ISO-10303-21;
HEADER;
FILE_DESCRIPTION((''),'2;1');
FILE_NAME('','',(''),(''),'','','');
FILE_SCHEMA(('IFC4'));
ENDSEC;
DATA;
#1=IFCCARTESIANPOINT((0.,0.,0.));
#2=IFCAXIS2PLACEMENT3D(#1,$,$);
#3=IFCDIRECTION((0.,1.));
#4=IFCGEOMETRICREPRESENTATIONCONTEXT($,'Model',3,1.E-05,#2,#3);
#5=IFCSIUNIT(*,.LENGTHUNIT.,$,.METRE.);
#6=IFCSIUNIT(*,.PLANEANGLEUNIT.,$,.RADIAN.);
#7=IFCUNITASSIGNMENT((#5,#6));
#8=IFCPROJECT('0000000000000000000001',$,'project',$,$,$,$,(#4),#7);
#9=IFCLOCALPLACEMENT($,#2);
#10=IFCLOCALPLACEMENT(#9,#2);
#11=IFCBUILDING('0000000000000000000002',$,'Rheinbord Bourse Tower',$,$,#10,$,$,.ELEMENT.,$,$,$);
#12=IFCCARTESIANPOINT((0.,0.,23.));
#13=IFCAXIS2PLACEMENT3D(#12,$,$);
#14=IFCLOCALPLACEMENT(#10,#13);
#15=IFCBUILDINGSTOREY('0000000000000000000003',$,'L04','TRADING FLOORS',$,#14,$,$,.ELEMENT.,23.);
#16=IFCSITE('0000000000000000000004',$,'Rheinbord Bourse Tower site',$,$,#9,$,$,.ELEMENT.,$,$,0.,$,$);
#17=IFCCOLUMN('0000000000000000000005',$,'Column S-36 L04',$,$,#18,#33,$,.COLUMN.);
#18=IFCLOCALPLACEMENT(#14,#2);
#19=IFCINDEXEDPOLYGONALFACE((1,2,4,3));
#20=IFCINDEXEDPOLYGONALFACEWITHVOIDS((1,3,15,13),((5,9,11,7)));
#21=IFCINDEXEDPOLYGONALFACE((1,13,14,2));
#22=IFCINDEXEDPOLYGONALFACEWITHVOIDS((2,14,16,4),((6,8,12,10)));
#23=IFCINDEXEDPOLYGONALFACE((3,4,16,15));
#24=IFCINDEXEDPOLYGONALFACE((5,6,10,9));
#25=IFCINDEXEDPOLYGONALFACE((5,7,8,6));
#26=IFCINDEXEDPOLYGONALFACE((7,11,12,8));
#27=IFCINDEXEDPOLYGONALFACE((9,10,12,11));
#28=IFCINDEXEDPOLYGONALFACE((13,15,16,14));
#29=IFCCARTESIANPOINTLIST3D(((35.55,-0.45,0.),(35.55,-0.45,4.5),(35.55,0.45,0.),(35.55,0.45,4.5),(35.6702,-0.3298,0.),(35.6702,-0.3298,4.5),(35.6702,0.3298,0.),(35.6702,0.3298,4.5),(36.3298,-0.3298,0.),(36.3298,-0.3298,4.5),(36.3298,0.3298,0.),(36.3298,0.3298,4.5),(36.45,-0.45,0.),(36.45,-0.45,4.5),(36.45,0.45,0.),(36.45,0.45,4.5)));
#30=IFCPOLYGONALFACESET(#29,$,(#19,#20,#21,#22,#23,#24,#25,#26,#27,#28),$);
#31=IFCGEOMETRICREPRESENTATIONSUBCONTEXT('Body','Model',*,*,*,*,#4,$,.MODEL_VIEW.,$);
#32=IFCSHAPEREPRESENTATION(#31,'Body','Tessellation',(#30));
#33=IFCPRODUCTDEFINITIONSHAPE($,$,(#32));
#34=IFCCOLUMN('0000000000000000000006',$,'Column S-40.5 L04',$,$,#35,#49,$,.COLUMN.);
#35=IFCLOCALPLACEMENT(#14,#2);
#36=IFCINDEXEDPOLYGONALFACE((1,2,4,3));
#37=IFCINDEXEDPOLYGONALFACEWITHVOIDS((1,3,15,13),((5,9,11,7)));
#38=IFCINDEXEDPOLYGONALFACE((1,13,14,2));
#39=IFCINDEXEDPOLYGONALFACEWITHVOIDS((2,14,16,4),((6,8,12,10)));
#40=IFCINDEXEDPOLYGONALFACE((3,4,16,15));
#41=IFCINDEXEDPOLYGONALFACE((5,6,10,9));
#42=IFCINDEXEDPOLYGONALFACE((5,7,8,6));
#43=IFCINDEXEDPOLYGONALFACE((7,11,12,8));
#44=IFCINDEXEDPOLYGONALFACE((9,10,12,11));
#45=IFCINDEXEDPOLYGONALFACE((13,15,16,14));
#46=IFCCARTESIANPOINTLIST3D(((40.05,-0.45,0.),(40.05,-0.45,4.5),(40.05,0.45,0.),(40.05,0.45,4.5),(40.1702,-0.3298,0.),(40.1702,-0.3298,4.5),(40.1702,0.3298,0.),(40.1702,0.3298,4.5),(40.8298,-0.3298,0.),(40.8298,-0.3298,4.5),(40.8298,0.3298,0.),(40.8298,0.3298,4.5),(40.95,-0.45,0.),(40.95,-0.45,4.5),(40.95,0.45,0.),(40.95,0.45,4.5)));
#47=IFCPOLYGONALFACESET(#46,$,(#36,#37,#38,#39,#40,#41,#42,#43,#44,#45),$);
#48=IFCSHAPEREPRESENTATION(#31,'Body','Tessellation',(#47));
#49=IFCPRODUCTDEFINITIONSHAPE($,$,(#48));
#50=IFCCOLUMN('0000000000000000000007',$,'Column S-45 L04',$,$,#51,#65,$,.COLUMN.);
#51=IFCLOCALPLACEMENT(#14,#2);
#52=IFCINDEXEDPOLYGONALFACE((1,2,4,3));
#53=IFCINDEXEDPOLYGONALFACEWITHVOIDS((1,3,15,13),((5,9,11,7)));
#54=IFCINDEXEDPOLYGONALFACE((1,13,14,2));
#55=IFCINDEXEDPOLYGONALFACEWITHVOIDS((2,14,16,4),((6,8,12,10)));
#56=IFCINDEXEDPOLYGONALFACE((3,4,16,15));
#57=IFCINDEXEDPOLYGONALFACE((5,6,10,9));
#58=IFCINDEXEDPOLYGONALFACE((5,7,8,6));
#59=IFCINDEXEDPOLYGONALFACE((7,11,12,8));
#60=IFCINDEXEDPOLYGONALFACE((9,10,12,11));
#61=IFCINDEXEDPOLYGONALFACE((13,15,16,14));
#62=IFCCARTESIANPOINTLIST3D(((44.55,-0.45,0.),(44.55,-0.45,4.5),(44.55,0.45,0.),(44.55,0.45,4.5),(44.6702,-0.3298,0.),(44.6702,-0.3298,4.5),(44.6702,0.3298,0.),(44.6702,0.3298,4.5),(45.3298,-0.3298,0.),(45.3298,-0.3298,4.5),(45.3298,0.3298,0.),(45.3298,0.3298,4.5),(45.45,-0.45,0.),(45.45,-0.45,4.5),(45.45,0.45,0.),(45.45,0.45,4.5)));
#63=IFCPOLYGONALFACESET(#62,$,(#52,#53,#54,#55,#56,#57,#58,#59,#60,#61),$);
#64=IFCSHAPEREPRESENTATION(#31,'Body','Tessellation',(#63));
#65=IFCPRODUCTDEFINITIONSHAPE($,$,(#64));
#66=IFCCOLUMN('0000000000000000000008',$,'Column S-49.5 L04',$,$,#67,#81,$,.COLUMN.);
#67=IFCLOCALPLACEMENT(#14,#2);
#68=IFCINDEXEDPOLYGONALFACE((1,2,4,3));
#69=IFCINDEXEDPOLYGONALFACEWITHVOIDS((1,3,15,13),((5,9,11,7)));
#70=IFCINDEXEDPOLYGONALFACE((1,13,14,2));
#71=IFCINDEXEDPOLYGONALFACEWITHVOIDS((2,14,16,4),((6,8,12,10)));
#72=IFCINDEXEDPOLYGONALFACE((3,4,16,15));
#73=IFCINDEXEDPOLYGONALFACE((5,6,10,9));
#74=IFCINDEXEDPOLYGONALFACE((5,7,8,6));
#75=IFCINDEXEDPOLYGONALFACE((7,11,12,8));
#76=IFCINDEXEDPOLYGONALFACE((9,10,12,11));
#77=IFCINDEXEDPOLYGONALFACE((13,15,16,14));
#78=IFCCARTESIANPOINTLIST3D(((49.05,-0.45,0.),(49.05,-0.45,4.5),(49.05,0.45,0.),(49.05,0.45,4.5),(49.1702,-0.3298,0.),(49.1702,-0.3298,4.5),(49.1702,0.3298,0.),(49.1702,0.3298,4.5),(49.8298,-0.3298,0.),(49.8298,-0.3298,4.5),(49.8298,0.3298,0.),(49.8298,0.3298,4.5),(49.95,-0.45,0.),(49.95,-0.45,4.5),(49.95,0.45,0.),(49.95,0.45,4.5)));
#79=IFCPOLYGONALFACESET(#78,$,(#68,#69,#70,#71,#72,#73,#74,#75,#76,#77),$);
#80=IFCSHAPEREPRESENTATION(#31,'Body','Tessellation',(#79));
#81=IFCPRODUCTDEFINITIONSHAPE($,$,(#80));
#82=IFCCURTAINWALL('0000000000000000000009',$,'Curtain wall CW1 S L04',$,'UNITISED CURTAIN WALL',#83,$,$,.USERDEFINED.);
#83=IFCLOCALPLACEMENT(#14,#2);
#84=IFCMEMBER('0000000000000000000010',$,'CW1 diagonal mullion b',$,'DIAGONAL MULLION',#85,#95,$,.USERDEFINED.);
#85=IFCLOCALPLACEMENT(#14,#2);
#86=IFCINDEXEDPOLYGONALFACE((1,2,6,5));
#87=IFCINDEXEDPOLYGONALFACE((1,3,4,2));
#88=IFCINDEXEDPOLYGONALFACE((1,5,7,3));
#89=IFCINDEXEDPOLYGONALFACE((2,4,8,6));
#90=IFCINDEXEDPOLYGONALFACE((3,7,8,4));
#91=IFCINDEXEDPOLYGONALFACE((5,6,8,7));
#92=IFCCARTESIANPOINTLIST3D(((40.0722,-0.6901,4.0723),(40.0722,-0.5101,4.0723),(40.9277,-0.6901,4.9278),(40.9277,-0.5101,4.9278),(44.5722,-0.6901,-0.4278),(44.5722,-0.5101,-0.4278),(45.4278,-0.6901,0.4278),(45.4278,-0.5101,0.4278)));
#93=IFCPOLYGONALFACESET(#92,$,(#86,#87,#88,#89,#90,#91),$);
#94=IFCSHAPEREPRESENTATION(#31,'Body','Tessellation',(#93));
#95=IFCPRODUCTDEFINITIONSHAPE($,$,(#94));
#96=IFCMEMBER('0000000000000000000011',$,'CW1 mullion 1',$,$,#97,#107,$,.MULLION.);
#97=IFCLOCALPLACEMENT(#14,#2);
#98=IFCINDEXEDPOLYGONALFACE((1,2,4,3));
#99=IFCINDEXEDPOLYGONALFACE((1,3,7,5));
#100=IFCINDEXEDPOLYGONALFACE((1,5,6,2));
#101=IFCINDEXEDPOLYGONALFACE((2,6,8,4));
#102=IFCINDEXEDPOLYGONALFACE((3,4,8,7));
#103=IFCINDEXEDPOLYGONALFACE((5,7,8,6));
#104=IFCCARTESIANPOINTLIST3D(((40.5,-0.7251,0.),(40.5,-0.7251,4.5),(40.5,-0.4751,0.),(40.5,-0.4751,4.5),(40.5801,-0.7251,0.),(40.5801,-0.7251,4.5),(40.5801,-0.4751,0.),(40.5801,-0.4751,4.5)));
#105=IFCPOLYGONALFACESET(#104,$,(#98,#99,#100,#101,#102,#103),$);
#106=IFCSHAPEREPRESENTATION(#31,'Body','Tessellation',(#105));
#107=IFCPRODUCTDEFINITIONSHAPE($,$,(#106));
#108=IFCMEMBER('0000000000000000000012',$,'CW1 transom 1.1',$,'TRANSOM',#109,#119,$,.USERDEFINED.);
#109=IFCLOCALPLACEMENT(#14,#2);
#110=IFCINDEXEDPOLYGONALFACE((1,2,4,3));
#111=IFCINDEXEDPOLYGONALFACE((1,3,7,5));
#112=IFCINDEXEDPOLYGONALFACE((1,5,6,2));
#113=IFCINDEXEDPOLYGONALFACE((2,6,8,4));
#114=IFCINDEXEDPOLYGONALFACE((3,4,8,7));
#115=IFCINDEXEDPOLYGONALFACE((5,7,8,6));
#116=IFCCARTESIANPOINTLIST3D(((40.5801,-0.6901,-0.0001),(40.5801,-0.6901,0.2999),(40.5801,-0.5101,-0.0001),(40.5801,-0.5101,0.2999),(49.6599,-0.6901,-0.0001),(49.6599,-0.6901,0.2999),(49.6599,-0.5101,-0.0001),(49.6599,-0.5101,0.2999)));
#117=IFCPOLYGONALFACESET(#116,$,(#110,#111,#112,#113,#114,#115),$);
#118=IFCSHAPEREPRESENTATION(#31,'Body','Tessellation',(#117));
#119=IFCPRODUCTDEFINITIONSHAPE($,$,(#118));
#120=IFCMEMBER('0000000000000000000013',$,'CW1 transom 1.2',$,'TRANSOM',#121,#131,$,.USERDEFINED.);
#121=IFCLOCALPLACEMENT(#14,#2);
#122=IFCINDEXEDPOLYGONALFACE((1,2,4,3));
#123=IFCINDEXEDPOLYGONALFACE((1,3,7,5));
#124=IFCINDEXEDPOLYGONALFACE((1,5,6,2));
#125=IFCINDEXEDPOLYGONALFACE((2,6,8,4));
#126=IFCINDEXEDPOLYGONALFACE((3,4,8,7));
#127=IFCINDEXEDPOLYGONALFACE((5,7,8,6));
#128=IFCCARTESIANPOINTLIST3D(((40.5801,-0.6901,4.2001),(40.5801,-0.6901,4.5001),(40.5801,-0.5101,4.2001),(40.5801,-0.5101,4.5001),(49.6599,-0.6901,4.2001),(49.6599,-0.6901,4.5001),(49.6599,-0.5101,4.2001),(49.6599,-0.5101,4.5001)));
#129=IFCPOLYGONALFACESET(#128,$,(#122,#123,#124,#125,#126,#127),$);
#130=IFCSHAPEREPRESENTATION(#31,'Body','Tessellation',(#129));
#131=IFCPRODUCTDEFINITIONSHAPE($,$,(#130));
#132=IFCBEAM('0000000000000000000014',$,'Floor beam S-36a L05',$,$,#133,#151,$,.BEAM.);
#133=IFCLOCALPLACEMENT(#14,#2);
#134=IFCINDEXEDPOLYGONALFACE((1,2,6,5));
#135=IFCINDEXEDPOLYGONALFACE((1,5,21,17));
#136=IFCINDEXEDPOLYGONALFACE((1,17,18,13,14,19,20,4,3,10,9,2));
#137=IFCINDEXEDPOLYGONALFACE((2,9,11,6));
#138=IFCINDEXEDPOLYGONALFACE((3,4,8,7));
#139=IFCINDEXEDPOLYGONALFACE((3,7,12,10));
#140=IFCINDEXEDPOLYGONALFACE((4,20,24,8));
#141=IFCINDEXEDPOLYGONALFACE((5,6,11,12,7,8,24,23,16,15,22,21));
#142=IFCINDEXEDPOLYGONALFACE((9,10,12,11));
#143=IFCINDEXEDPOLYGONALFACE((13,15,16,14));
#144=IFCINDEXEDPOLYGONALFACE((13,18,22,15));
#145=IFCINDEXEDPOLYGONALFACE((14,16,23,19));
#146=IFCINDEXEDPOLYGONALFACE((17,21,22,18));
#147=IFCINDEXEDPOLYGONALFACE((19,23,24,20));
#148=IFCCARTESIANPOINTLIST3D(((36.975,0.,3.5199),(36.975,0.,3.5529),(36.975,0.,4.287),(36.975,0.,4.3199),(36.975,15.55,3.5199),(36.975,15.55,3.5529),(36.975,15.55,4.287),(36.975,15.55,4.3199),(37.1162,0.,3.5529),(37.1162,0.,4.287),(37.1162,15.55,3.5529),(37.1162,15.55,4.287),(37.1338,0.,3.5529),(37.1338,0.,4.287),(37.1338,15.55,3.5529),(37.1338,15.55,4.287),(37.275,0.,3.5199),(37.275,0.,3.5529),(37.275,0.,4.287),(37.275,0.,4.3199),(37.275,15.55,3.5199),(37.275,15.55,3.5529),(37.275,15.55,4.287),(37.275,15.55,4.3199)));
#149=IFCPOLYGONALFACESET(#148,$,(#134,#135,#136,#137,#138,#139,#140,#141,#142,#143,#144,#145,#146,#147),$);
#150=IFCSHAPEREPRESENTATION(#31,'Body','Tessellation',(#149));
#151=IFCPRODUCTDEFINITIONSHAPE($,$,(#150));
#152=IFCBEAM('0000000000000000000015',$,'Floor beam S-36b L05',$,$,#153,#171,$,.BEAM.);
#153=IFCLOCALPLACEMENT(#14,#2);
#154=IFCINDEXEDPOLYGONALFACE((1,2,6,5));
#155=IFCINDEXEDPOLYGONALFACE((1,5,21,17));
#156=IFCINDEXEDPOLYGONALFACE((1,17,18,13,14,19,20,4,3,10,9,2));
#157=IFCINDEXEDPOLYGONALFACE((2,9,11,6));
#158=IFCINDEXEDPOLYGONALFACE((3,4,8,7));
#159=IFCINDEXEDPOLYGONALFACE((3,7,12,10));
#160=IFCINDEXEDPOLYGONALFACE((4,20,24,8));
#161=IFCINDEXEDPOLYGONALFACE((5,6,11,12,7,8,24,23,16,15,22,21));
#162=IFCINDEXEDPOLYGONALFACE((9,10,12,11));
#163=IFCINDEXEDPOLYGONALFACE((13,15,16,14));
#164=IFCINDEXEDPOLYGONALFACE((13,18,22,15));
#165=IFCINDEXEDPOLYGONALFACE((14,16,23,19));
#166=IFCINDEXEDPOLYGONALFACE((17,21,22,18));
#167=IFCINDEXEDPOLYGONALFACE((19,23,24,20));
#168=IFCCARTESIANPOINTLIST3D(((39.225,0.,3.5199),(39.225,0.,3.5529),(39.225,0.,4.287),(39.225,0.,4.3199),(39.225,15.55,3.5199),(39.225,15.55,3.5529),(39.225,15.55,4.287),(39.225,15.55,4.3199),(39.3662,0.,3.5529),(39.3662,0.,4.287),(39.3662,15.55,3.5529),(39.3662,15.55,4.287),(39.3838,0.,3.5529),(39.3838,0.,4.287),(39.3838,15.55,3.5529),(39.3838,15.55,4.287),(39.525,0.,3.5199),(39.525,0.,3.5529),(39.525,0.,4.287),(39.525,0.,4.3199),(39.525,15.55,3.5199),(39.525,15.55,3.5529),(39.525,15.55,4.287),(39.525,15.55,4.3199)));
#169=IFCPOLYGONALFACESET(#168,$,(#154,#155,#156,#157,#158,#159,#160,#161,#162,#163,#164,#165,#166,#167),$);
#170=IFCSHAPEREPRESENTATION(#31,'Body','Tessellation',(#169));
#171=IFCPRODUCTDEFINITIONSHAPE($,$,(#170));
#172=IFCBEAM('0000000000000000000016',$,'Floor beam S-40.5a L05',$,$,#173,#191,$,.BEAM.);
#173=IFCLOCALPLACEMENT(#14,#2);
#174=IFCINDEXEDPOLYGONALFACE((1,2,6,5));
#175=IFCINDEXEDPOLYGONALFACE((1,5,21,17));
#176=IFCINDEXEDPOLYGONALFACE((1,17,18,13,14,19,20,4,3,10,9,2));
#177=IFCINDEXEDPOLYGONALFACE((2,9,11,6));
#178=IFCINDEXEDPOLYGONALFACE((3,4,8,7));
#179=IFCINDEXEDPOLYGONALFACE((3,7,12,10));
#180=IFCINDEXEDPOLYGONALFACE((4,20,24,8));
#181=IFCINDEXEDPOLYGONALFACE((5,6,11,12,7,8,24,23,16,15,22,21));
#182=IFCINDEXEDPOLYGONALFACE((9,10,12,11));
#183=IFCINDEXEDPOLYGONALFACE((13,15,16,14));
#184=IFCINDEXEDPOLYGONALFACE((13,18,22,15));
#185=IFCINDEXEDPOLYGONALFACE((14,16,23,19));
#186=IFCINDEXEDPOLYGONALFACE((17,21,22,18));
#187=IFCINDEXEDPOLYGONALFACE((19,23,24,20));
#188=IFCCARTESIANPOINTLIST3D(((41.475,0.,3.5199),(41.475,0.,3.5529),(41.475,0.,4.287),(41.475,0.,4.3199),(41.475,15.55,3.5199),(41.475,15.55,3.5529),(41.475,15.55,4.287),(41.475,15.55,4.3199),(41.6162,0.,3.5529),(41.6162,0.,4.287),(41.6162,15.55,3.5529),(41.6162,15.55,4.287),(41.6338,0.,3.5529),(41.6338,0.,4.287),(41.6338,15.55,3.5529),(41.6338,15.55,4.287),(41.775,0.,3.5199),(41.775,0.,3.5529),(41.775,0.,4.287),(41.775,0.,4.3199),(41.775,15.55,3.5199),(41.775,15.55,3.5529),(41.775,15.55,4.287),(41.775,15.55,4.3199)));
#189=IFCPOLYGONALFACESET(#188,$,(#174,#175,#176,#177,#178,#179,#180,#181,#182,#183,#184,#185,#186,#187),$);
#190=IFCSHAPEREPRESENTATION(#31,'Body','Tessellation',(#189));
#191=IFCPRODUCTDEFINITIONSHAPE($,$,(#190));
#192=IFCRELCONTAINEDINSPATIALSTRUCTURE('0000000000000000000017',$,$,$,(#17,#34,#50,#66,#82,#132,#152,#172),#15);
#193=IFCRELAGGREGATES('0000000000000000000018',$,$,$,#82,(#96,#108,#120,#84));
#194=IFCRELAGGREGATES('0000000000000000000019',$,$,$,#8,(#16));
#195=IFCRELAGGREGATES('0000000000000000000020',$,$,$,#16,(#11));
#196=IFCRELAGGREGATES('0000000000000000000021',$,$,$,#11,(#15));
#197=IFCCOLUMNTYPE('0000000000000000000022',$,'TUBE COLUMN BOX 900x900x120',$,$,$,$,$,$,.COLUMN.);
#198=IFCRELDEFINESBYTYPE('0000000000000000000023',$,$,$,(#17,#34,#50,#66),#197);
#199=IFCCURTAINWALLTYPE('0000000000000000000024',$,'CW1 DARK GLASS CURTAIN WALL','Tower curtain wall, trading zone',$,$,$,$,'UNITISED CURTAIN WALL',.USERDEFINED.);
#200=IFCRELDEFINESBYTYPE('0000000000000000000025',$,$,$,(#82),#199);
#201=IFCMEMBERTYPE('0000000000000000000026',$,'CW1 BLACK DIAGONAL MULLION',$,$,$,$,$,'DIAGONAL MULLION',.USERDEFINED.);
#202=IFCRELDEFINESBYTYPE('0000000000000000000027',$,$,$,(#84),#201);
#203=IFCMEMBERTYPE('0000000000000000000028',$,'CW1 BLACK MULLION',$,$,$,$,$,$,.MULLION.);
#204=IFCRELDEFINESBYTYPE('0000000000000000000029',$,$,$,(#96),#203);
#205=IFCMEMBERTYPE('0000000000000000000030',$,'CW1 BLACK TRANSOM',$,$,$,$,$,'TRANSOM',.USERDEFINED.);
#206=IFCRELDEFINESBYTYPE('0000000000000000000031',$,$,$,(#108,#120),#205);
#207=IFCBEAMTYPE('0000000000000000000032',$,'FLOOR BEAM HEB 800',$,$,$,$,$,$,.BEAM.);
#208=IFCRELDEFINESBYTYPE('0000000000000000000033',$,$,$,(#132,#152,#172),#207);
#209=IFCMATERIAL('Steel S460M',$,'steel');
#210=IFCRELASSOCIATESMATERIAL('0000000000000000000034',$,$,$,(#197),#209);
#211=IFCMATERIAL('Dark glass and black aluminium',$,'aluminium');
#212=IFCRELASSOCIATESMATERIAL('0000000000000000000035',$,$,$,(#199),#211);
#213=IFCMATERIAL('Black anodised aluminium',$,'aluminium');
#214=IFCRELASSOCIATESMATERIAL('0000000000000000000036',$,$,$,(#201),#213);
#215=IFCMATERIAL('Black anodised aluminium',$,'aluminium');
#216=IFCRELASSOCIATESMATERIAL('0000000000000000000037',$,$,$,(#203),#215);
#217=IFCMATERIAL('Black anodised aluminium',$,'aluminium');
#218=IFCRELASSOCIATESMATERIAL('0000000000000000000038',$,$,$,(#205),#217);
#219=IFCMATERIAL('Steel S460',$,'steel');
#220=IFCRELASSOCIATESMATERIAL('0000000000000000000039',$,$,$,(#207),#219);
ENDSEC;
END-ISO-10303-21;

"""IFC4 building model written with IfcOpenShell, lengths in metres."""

from ifc_helpers import new_model, si_unit, direction, frame, origin, origin_2d, place, context, subcontext, project, spatial, rectangle, hollow_rectangle, i_section, extrude, material, material_profile, profile_set, type_object, element, aggregate, save


model = new_model("IFC4")

# Units and contexts
model_context = context("Model", 3, precision=1e-05, world=origin(), true_north=direction((0.0, 1.0)))
body_context = subcontext(model_context, "Body", "Model", "MODEL_VIEW")
ifc_project = project(units=[si_unit("LENGTHUNIT", "METRE"), si_unit("PLANEANGLEUNIT", "RADIAN")], contexts=[model_context])

# Site, building, storey
site_placement = place(None, origin())
site = spatial("IfcSite", under=ifc_project, at=site_placement, Name="Rheinbord Bourse Tower site", CompositionType="ELEMENT", RefElevation=0.0)
building_placement = place(site_placement, origin())
building = spatial("IfcBuilding", under=site, at=building_placement, Name="Rheinbord Bourse Tower", CompositionType="ELEMENT")
storey_placement = place(building_placement, frame((0.0, 0.0, 23.0)))
storey = spatial("IfcBuildingStorey", under=building, at=storey_placement, Name="L04", Description="TRADING FLOORS", CompositionType="ELEMENT", Elevation=23.0)

# Columns
ifc_material_1 = material(Name="Steel S460M", Category="steel")
ifc_material_profile_1 = material_profile(ifc_material_1, hollow_rectangle(XDim=0.8999, YDim=0.8999, WallThickness=0.1201, at=origin_2d()), Name="BOX 900x900x120")
ifc_profile_set_1 = profile_set([ifc_material_profile_1], Name="Steel S460M")
column_type = type_object("IfcColumnType", Name="TUBE COLUMN BOX 900x900x120", PredefinedType="COLUMN", material=ifc_profile_set_1)
for number, where, z_axis, x_axis, name in (
    (1, (36.0, 0.0, 0.0), (0.0, 0.0, 1.0), (0.0, 1.0, 0.0), "Column S-36 L04"),
    (2, (40.5, 0.0, 0.0), (0.0, 0.0, 1.0), (0.0, 1.0, 0.0), "Column S-40.5 L04"),
    (3, (45.0, 0.0, 0.0), (0.0, 0.0, 1.0), (0.0, 1.0, 0.0), "Column S-45 L04"),
    (4, (49.5, 0.0, 0.0), (0.0, 0.0, 1.0), (0.0, 1.0, 0.0), "Column S-49.5 L04"),
):
    element("IfcColumn", number, at=place(storey_placement, frame(where, z_axis=z_axis, x_axis=x_axis)), inside=storey, type_object=column_type, Name=name, PredefinedType="COLUMN", context=body_context, shape_type="SweptSolid", body=[
        extrude(hollow_rectangle(XDim=0.8999, YDim=0.8999, WallThickness=0.1201, at=origin_2d()), origin(), (0.0, 0.0, 1.0), 4.5),
    ])

# Curtain wall, members
ifc_material_2 = material(Name="Dark glass and black aluminium", Category="aluminium")
curtain_wall_type = type_object("IfcCurtainWallType", Name="CW1 DARK GLASS CURTAIN WALL", Description="Tower curtain wall, trading zone", ElementType="UNITISED CURTAIN WALL", PredefinedType="USERDEFINED", material=ifc_material_2)
curtain_wall_placement = place(storey_placement, origin())
curtain_wall = element("IfcCurtainWall", 5, at=curtain_wall_placement, inside=storey, type_object=curtain_wall_type, Name="Curtain wall CW1 S L04", ObjectType="UNITISED CURTAIN WALL", PredefinedType="USERDEFINED")
ifc_material_3 = material(Name="Black anodised aluminium", Category="aluminium")
ifc_material_profile_2 = material_profile(ifc_material_3, rectangle(XDim=0.1799, YDim=1.21, at=origin_2d()), Name="CW1 DIAGONAL MULLION 1210x180")
ifc_profile_set_2 = profile_set([ifc_material_profile_2], Name="Black anodised aluminium")
member_type_1 = type_object("IfcMemberType", Name="CW1 BLACK DIAGONAL MULLION", ElementType="DIAGONAL MULLION", PredefinedType="USERDEFINED", material=ifc_profile_set_2)
member_1_placement = place(storey_placement, frame((45.0, -0.6001, 0.0), z_axis=(-0.707107, 0.0, 0.707107), x_axis=(0.0, -1.0, 0.0)))
member_1 = element("IfcMember", 6, at=member_1_placement, type_object=member_type_1, Name="CW1 diagonal mullion b", ObjectType="DIAGONAL MULLION", PredefinedType="USERDEFINED", context=body_context, shape_type="SweptSolid", body=[
    extrude(rectangle(XDim=0.1799, YDim=1.21, at=origin_2d()), origin(), (0.0, 0.0, 1.0), 6.364),
])
ifc_material_4 = material(Name="Black anodised aluminium", Category="aluminium")
ifc_material_profile_3 = material_profile(ifc_material_4, rectangle(XDim=0.25, YDim=0.0801, at=origin_2d()), Name="CW1 MULLION 80x250")
ifc_profile_set_3 = profile_set([ifc_material_profile_3], Name="Black anodised aluminium")
member_type_2 = type_object("IfcMemberType", Name="CW1 BLACK MULLION", PredefinedType="MULLION", material=ifc_profile_set_3)
member_2_placement = place(storey_placement, frame((40.54, -0.6001, 0.0), z_axis=(0.0, 0.0, 1.0), x_axis=(0.0, 1.0, 0.0)))
member_2 = element("IfcMember", 7, at=member_2_placement, type_object=member_type_2, Name="CW1 mullion 1", PredefinedType="MULLION", context=body_context, shape_type="SweptSolid", body=[
    extrude(rectangle(XDim=0.25, YDim=0.0801, at=origin_2d()), origin(), (0.0, 0.0, 1.0), 4.5),
])
ifc_material_5 = material(Name="Black anodised aluminium", Category="aluminium")
ifc_material_profile_4 = material_profile(ifc_material_5, rectangle(XDim=0.1799, YDim=0.3, at=origin_2d()), Name="CW1 TRANSOM 300x180")
ifc_profile_set_4 = profile_set([ifc_material_profile_4], Name="Black anodised aluminium")
member_type_3 = type_object("IfcMemberType", Name="CW1 BLACK TRANSOM", ElementType="TRANSOM", PredefinedType="USERDEFINED", material=ifc_profile_set_4)
member_3_placement = place(storey_placement, frame((40.5801, -0.6001, 0.1499), z_axis=(1.0, 0.0, 0.0), x_axis=(0.0, 1.0, 0.0)))
member_3 = element("IfcMember", 8, at=member_3_placement, type_object=member_type_3, Name="CW1 transom 1.1", ObjectType="TRANSOM", PredefinedType="USERDEFINED", context=body_context, shape_type="SweptSolid", body=[
    extrude(rectangle(XDim=0.1799, YDim=0.3, at=origin_2d()), origin(), (0.0, 0.0, 1.0), 9.0798),
])
member_4_placement = place(storey_placement, frame((40.5801, -0.6001, 4.3501), z_axis=(1.0, 0.0, 0.0), x_axis=(0.0, 1.0, 0.0)))
member_4 = element("IfcMember", 9, at=member_4_placement, type_object=member_type_3, Name="CW1 transom 1.2", ObjectType="TRANSOM", PredefinedType="USERDEFINED", context=body_context, shape_type="SweptSolid", body=[
    extrude(rectangle(XDim=0.1799, YDim=0.3, at=origin_2d()), origin(), (0.0, 0.0, 1.0), 9.0798),
])

# Beams
ifc_material_6 = material(Name="Steel S460", Category="steel")
ifc_material_profile_5 = material_profile(ifc_material_6, i_section(OverallWidth=0.3, OverallDepth=0.8, WebThickness=0.0176, FlangeThickness=0.033, at=origin_2d()), Name="HEB 800")
ifc_profile_set_5 = profile_set([ifc_material_profile_5], Name="Steel S460")
beam_type_1 = type_object("IfcBeamType", Name="FLOOR BEAM HEB 800", PredefinedType="BEAM", material=ifc_profile_set_5)
for number, where, z_axis, x_axis, name in (
    (10, (37.125, 0.0, 3.9199), (0.0, 1.0, 0.0), (-1.0, 0.0, 0.0), "Floor beam S-36a L05"),
    (11, (39.375, 0.0, 3.9199), (0.0, 1.0, 0.0), (-1.0, 0.0, 0.0), "Floor beam S-36b L05"),
    (12, (41.625, 0.0, 3.9199), (0.0, 1.0, 0.0), (-1.0, 0.0, 0.0), "Floor beam S-40.5a L05"),
):
    element("IfcBeam", number, at=place(storey_placement, frame(where, z_axis=z_axis, x_axis=x_axis)), inside=storey, type_object=beam_type_1, Name=name, PredefinedType="BEAM", context=body_context, shape_type="SweptSolid", body=[
        extrude(i_section(OverallWidth=0.3, OverallDepth=0.8, WebThickness=0.0176, FlangeThickness=0.033, at=origin_2d()), origin(), (0.0, 0.0, 1.0), 15.55),
    ])

aggregate(curtain_wall, [member_2, member_3, member_4, member_1])

save(model, "model.ifc")
